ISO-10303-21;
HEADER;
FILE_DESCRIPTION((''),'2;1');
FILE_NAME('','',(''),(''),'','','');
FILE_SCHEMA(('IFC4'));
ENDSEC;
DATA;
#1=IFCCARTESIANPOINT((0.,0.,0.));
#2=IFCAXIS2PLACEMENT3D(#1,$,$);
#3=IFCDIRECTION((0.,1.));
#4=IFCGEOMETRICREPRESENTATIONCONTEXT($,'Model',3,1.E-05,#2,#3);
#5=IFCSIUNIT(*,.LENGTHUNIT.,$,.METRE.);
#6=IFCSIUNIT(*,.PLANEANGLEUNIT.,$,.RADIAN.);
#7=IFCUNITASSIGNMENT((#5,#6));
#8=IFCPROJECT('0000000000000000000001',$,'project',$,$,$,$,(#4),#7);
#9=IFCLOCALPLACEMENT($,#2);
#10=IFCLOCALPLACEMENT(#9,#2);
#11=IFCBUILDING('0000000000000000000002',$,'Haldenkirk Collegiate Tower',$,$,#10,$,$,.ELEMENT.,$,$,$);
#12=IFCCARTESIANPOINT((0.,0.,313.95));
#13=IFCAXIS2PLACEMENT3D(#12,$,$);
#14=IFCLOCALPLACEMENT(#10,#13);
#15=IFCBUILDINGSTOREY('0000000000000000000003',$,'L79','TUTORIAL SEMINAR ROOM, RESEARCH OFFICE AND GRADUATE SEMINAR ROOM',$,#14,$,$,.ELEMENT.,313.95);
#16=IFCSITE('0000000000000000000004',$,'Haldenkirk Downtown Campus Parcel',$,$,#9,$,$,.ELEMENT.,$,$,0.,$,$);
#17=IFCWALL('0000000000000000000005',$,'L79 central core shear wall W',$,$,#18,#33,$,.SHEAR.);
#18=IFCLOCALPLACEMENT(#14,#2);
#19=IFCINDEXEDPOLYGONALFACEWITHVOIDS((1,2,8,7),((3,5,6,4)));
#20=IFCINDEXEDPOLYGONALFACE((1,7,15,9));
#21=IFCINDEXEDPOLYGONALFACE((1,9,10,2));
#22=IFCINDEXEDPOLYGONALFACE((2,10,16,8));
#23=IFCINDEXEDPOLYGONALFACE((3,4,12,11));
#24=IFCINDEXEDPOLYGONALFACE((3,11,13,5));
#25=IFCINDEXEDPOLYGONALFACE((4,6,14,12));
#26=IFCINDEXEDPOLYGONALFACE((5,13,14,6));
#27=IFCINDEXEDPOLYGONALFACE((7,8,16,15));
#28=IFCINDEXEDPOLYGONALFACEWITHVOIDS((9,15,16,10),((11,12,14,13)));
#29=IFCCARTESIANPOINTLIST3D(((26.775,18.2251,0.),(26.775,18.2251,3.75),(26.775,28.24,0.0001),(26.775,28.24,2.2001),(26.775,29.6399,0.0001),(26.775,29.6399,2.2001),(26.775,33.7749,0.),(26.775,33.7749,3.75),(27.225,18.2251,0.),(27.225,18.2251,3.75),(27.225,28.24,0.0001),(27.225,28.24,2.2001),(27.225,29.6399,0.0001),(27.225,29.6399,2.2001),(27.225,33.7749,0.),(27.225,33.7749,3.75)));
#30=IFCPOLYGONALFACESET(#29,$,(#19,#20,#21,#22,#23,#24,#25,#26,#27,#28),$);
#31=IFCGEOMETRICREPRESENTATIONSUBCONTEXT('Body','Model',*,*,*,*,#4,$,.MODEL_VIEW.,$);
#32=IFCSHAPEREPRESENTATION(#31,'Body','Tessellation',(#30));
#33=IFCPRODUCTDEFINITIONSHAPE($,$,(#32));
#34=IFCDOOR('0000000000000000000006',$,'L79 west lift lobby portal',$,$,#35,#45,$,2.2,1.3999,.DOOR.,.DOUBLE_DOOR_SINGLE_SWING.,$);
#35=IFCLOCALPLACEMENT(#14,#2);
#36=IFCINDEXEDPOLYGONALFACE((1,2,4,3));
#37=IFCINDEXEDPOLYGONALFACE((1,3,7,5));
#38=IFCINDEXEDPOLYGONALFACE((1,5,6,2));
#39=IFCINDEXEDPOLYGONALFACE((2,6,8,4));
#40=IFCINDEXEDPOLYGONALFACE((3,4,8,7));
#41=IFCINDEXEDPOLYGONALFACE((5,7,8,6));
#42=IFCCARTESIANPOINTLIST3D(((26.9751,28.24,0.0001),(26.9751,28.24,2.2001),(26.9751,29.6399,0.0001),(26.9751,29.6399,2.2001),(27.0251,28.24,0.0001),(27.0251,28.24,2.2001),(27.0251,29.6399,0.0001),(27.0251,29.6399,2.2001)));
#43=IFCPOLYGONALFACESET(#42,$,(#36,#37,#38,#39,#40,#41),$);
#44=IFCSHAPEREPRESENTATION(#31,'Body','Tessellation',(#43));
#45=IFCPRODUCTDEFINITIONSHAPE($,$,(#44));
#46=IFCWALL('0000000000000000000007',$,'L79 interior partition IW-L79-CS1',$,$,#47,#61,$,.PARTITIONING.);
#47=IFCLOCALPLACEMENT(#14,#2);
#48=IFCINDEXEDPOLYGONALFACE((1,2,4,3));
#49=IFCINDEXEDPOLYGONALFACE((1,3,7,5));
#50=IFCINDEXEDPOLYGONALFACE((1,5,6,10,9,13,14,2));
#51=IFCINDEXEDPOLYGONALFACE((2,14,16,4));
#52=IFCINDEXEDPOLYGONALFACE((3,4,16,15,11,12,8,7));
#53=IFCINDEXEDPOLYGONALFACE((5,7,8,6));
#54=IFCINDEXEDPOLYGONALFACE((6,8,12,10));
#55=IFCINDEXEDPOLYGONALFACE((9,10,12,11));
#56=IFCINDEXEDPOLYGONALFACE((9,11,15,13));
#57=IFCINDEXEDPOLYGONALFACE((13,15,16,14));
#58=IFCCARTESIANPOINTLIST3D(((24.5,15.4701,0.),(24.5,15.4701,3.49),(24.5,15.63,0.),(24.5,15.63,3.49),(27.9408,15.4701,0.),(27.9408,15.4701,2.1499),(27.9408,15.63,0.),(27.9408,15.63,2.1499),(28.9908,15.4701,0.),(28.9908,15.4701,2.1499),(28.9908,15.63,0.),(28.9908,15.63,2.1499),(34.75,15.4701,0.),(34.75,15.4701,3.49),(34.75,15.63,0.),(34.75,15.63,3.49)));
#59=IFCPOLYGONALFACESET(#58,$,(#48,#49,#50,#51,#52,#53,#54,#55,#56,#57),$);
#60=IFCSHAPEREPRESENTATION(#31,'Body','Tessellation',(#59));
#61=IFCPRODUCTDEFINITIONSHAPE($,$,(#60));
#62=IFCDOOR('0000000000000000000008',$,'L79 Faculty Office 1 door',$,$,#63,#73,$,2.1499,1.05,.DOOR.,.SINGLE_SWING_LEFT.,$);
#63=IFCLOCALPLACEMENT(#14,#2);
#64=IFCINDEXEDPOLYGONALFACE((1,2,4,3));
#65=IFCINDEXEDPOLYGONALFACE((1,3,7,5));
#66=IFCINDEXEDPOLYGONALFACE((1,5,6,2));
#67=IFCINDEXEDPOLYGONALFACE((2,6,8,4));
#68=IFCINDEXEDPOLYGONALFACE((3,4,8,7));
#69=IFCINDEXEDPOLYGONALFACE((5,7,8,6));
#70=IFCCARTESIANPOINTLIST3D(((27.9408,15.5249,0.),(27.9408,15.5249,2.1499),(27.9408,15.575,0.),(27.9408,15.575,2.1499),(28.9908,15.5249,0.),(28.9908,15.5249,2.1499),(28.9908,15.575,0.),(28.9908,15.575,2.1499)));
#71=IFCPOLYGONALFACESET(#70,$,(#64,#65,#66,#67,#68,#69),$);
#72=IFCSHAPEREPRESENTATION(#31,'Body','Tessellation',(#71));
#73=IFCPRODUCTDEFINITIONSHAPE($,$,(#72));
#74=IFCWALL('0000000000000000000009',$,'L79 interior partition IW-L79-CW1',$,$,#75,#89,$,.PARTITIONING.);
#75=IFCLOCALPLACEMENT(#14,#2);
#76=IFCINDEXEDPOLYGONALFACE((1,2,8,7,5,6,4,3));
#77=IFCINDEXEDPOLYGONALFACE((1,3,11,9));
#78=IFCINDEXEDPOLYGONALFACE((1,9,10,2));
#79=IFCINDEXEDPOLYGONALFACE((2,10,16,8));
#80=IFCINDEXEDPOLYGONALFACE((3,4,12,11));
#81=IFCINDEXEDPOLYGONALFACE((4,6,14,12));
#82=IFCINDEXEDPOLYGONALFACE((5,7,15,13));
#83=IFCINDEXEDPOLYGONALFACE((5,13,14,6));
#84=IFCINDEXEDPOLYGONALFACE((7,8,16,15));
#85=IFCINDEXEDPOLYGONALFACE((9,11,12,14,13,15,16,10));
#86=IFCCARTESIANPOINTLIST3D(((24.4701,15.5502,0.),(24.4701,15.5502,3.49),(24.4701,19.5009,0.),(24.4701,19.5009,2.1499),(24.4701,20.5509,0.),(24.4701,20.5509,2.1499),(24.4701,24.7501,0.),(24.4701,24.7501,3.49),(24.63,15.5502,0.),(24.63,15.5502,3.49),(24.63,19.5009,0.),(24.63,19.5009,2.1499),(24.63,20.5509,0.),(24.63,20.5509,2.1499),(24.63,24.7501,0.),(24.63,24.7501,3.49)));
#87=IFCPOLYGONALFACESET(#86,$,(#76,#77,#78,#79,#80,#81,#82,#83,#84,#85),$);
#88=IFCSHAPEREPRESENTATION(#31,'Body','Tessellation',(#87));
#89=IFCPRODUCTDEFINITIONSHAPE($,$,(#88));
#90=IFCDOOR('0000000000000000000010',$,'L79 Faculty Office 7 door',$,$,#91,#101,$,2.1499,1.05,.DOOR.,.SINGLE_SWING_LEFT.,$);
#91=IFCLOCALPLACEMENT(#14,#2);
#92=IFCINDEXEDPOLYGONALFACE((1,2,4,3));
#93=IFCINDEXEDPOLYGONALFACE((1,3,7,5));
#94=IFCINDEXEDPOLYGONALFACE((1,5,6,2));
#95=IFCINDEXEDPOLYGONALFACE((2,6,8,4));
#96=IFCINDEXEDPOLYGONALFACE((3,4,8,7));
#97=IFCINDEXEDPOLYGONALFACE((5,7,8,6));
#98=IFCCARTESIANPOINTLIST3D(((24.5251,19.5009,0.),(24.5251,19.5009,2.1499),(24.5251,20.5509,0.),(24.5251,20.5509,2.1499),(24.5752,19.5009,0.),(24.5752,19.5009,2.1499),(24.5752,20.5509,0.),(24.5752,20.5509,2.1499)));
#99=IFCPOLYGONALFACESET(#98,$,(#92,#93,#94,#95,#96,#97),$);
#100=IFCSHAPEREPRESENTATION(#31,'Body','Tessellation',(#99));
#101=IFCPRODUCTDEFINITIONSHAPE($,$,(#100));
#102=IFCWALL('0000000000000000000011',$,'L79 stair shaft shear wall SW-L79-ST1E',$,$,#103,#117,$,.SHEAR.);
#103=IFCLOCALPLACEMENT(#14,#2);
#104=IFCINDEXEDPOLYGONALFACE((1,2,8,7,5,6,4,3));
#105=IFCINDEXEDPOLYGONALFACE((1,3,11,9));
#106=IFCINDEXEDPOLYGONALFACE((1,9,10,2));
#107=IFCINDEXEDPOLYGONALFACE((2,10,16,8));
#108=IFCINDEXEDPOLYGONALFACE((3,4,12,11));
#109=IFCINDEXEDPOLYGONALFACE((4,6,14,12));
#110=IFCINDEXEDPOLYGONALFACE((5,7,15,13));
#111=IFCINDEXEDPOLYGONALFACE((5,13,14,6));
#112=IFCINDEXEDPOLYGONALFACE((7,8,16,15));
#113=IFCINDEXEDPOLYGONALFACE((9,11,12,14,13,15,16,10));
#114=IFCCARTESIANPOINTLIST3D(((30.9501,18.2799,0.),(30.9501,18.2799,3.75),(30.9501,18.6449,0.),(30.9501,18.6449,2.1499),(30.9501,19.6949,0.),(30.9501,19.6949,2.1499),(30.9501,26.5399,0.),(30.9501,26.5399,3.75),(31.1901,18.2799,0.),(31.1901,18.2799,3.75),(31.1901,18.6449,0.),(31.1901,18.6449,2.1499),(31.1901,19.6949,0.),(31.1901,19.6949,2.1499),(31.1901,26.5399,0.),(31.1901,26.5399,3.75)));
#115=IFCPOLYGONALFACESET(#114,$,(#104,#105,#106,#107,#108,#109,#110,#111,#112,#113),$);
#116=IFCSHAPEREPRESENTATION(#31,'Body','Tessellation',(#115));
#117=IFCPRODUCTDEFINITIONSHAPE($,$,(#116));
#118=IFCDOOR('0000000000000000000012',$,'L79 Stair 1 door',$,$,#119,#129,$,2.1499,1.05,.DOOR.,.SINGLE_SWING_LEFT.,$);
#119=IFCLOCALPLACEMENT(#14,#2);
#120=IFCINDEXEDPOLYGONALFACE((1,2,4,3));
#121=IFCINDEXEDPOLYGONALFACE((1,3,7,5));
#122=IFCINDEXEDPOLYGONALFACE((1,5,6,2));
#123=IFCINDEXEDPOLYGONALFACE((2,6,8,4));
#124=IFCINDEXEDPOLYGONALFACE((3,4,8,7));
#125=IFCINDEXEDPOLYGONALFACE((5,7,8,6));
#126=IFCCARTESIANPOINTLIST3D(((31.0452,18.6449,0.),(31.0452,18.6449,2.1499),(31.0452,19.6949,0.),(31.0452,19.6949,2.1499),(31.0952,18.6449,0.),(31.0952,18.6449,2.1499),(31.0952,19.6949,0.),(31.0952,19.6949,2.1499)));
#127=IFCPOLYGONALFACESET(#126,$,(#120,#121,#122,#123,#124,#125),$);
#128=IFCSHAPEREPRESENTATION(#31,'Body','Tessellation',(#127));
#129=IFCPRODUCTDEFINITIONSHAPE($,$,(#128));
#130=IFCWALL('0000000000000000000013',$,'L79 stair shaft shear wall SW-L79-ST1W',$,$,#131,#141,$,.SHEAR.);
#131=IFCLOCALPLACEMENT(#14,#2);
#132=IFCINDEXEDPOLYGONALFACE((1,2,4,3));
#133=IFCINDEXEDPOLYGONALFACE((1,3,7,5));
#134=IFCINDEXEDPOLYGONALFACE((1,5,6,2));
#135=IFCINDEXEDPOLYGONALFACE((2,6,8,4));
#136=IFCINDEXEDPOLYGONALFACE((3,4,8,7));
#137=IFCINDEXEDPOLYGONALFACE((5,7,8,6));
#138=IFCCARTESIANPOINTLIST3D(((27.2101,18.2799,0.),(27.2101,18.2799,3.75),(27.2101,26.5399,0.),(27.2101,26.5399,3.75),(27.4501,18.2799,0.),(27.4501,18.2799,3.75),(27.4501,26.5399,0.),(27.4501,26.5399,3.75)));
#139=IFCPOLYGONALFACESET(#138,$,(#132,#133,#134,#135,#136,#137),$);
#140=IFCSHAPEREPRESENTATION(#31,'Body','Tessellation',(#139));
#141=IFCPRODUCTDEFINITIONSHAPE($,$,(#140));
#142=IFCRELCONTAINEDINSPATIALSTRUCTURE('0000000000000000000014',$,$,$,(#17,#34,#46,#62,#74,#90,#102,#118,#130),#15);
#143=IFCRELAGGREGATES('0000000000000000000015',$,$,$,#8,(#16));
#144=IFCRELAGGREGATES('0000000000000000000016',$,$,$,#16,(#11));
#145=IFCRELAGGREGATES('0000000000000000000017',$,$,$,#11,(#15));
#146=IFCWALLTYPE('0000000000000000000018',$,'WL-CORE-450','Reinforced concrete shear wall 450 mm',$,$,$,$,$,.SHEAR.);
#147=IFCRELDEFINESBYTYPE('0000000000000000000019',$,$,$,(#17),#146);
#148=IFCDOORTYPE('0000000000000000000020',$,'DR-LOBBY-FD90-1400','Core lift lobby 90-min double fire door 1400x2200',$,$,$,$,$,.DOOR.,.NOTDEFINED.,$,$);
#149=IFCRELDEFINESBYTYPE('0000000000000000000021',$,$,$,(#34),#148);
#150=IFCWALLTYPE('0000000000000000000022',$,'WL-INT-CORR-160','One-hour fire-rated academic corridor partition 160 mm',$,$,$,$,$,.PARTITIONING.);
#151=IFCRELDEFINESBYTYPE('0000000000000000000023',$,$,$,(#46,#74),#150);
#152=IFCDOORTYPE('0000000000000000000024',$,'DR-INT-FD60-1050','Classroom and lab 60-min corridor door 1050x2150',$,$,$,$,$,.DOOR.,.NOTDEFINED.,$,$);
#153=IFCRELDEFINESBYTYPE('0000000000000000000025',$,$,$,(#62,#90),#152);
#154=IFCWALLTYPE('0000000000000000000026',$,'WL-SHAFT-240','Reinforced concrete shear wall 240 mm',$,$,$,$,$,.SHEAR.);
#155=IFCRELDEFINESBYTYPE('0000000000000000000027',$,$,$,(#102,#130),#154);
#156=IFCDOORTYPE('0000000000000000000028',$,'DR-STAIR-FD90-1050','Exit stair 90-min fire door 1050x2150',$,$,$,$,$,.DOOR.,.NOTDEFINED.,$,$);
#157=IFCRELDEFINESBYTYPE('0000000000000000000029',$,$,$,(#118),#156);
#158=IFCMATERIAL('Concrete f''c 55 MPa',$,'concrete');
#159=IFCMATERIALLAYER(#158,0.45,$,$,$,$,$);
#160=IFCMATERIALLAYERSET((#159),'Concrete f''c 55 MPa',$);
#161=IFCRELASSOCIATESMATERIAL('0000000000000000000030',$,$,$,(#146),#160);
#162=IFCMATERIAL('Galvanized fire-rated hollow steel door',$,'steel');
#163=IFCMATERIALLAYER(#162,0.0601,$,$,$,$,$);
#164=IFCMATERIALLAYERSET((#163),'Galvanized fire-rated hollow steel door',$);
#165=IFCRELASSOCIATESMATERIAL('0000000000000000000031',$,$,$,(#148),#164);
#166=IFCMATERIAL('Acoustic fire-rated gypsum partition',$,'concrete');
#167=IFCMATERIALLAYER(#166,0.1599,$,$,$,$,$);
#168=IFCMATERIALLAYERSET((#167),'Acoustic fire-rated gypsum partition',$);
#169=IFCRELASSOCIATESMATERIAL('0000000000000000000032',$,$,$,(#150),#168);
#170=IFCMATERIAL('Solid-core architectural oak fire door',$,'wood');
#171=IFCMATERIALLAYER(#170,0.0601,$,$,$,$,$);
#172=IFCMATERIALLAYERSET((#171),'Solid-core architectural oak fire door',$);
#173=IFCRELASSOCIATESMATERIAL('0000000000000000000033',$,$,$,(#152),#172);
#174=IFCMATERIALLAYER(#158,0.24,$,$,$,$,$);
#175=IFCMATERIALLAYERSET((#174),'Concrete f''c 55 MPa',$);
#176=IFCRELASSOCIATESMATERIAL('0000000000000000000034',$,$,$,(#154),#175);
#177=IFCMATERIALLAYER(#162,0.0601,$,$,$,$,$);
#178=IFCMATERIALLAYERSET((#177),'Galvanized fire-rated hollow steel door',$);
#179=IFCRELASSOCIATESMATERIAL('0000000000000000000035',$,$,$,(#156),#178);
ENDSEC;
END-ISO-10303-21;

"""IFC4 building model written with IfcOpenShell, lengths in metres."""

from ifc_helpers import new_model, si_unit, direction, frame, frame_2d, origin, place, context, subcontext, project, spatial, rectangle, extrude, material, layer, layer_set, type_object, element, fill, save


model = new_model("IFC4")

# Units and contexts
model_context = context("Model", 3, precision=1e-05, world=origin(), true_north=direction((0.0, 1.0)))
body_context = subcontext(model_context, "Body", "Model", "MODEL_VIEW")
ifc_project = project(units=[si_unit("LENGTHUNIT", "METRE"), si_unit("PLANEANGLEUNIT", "RADIAN")], contexts=[model_context])

# Site, building, storey
site_placement = place(None, origin())
site = spatial("IfcSite", under=ifc_project, at=site_placement, Name="Haldenkirk Downtown Campus Parcel", CompositionType="ELEMENT", RefElevation=0.0)
building_placement = place(site_placement, origin())
building = spatial("IfcBuilding", under=site, at=building_placement, Name="Haldenkirk Collegiate Tower", CompositionType="ELEMENT")
storey_placement = place(building_placement, frame((0.0, 0.0, 313.95)))
storey = spatial("IfcBuildingStorey", under=building, at=storey_placement, Name="L79", Description="TUTORIAL SEMINAR ROOM, RESEARCH OFFICE AND GRADUATE SEMINAR ROOM", CompositionType="ELEMENT", Elevation=313.95)

# Shared definitions
ifc_material_1 = material(Name="Concrete f'c 55 MPa", Category="concrete")
ifc_layer_1 = layer(ifc_material_1, 0.45)
ifc_layer_set_1 = layer_set([ifc_layer_1], Name="Concrete f'c 55 MPa")
wall_type_1 = type_object("IfcWallType", Name="WL-CORE-450", Description="Reinforced concrete shear wall 450 mm", PredefinedType="SHEAR", material=ifc_layer_set_1)
ifc_material_2 = material(Name="Galvanized fire-rated hollow steel door", Category="steel")

# Walls, openings, doors
wall_1_placement = place(storey_placement, frame((27.0, 18.2251, 0.0), z_axis=(0.0, 0.0, 1.0), x_axis=(0.0, 1.0, 0.0)))
wall_1 = element("IfcWall", 1, at=wall_1_placement, inside=storey, type_object=wall_type_1, Name="L79 central core shear wall W", PredefinedType="SHEAR", context=body_context, shape_type="SweptSolid", body=[
    extrude(rectangle(XDim=15.5498, YDim=0.45, at=frame_2d((7.7749, 0.0))), origin(), (0.0, 0.0, 1.0), 3.75),
])
opening_1_placement = place(wall_1_placement, frame((10.0149, 0.0, 0.0)))
opening_1 = element("IfcOpeningElement", 2, at=opening_1_placement, cuts=wall_1, PredefinedType="OPENING", context=body_context, shape_type="SweptSolid", body=[
    extrude(rectangle(XDim=1.3999, YDim=2.2, at=frame_2d((0.7, 1.1001))), frame((0.0, 0.2349, 0.0), z_axis=(0.0, -1.0, 0.0), x_axis=(1.0, 0.0, 0.0)), (0.0, 0.0, 1.0), 0.47),
])
ifc_layer_2 = layer(ifc_material_2, 0.0601)
ifc_layer_set_2 = layer_set([ifc_layer_2], Name="Galvanized fire-rated hollow steel door")
door_type_1 = type_object("IfcDoorType", Name="DR-LOBBY-FD90-1400", Description="Core lift lobby 90-min double fire door 1400x2200", OperationType="NOTDEFINED", PredefinedType="DOOR", material=ifc_layer_set_2)
door_1_placement = place(opening_1_placement, origin())
door_1 = element("IfcDoor", 3, at=door_1_placement, inside=storey, type_object=door_type_1, Name="L79 west lift lobby portal", OperationType="DOUBLE_DOOR_SINGLE_SWING", OverallHeight=2.2, OverallWidth=1.3999, PredefinedType="DOOR", context=body_context, shape_type="SweptSolid", body=[
    extrude(rectangle(XDim=1.3999, YDim=2.2, at=frame_2d((0.7, 1.1001))), frame((0.0, 0.0249, 0.0), z_axis=(0.0, -1.0, 0.0), x_axis=(1.0, 0.0, 0.0)), (0.0, 0.0, 1.0), 0.05),
])
fill(opening_1, door_1)
ifc_material_3 = material(Name="Acoustic fire-rated gypsum partition", Category="concrete")
ifc_layer_3 = layer(ifc_material_3, 0.1599)
ifc_layer_set_3 = layer_set([ifc_layer_3], Name="Acoustic fire-rated gypsum partition")
wall_type_2 = type_object("IfcWallType", Name="WL-INT-CORR-160", Description="One-hour fire-rated academic corridor partition 160 mm", PredefinedType="PARTITIONING", material=ifc_layer_set_3)
wall_2_placement = place(storey_placement, frame((24.5, 15.55, 0.0), z_axis=(0.0, 0.0, 1.0), x_axis=(1.0, 0.0, 0.0)))
wall_2 = element("IfcWall", 4, at=wall_2_placement, inside=storey, type_object=wall_type_2, Name="L79 interior partition IW-L79-CS1", PredefinedType="PARTITIONING", context=body_context, shape_type="SweptSolid", body=[
    extrude(rectangle(XDim=10.25, YDim=0.1599, at=frame_2d((5.125, 0.0))), origin(), (0.0, 0.0, 1.0), 3.49),
])
opening_2_placement = place(wall_2_placement, frame((3.4409, 0.0, 0.0)))
opening_2 = element("IfcOpeningElement", 5, at=opening_2_placement, cuts=wall_2, PredefinedType="OPENING", context=body_context, shape_type="SweptSolid", body=[
    extrude(rectangle(XDim=1.05, YDim=2.1499, at=frame_2d((0.5249, 1.075))), frame((0.0, 0.0898, 0.0), z_axis=(0.0, -1.0, 0.0), x_axis=(1.0, 0.0, 0.0)), (0.0, 0.0, 1.0), 0.1799),
])
ifc_material_4 = material(Name="Solid-core architectural oak fire door", Category="wood")
ifc_layer_4 = layer(ifc_material_4, 0.0601)
ifc_layer_set_4 = layer_set([ifc_layer_4], Name="Solid-core architectural oak fire door")
door_type_2 = type_object("IfcDoorType", Name="DR-INT-FD60-1050", Description="Classroom and lab 60-min corridor door 1050x2150", OperationType="NOTDEFINED", PredefinedType="DOOR", material=ifc_layer_set_4)
door_2_placement = place(opening_2_placement, origin())
door_2 = element("IfcDoor", 6, at=door_2_placement, inside=storey, type_object=door_type_2, Name="L79 Faculty Office 1 door", OperationType="SINGLE_SWING_LEFT", OverallHeight=2.1499, OverallWidth=1.05, PredefinedType="DOOR", context=body_context, shape_type="SweptSolid", body=[
    extrude(rectangle(XDim=1.05, YDim=2.1499, at=frame_2d((0.5249, 1.075))), frame((0.0, 0.0249, 0.0), z_axis=(0.0, -1.0, 0.0), x_axis=(1.0, 0.0, 0.0)), (0.0, 0.0, 1.0), 0.05),
])
fill(opening_2, door_2)
wall_3_placement = place(storey_placement, frame((24.55, 15.55, 0.0), z_axis=(0.0, 0.0, 1.0), x_axis=(0.0, 1.0, 0.0)))
wall_3 = element("IfcWall", 7, at=wall_3_placement, inside=storey, type_object=wall_type_2, Name="L79 interior partition IW-L79-CW1", PredefinedType="PARTITIONING", context=body_context, shape_type="SweptSolid", body=[
    extrude(rectangle(XDim=9.2, YDim=0.1599, at=frame_2d((4.6001, 0.0))), origin(), (0.0, 0.0, 1.0), 3.49),
])
opening_3_placement = place(wall_3_placement, frame((3.9509, 0.0, 0.0)))
opening_3 = element("IfcOpeningElement", 8, at=opening_3_placement, cuts=wall_3, PredefinedType="OPENING", context=body_context, shape_type="SweptSolid", body=[
    extrude(rectangle(XDim=1.05, YDim=2.1499, at=frame_2d((0.5249, 1.075))), frame((0.0, 0.0898, 0.0), z_axis=(0.0, -1.0, 0.0), x_axis=(1.0, 0.0, 0.0)), (0.0, 0.0, 1.0), 0.1799),
])
door_3_placement = place(opening_3_placement, origin())
door_3 = element("IfcDoor", 9, at=door_3_placement, inside=storey, type_object=door_type_2, Name="L79 Faculty Office 7 door", OperationType="SINGLE_SWING_LEFT", OverallHeight=2.1499, OverallWidth=1.05, PredefinedType="DOOR", context=body_context, shape_type="SweptSolid", body=[
    extrude(rectangle(XDim=1.05, YDim=2.1499, at=frame_2d((0.5249, 1.075))), frame((0.0, 0.0249, 0.0), z_axis=(0.0, -1.0, 0.0), x_axis=(1.0, 0.0, 0.0)), (0.0, 0.0, 1.0), 0.05),
])
fill(opening_3, door_3)

# Wall, opening, door
ifc_layer_5 = layer(ifc_material_1, 0.24)
ifc_layer_set_5 = layer_set([ifc_layer_5], Name="Concrete f'c 55 MPa")
wall_type_3 = type_object("IfcWallType", Name="WL-SHAFT-240", Description="Reinforced concrete shear wall 240 mm", PredefinedType="SHEAR", material=ifc_layer_set_5)
wall_4_placement = place(storey_placement, frame((31.0701, 18.28, 0.0), z_axis=(0.0, 0.0, 1.0), x_axis=(0.0, 1.0, 0.0)))
wall_4 = element("IfcWall", 10, at=wall_4_placement, inside=storey, type_object=wall_type_3, Name="L79 stair shaft shear wall SW-L79-ST1E", PredefinedType="SHEAR", context=body_context, shape_type="SweptSolid", body=[
    extrude(rectangle(XDim=8.26, YDim=0.24, at=frame_2d((4.1299, 0.0))), origin(), (0.0, 0.0, 1.0), 3.75),
])
opening_4_placement = place(wall_4_placement, frame((0.365, 0.0, 0.0)))
opening_4 = element("IfcOpeningElement", 11, at=opening_4_placement, cuts=wall_4, PredefinedType="OPENING", context=body_context, shape_type="SweptSolid", body=[
    extrude(rectangle(XDim=1.05, YDim=2.1499, at=frame_2d((0.5249, 1.075))), frame((0.0, 0.1299, 0.0), z_axis=(0.0, -1.0, 0.0), x_axis=(1.0, 0.0, 0.0)), (0.0, 0.0, 1.0), 0.26),
])
ifc_layer_6 = layer(ifc_material_2, 0.0601)
ifc_layer_set_6 = layer_set([ifc_layer_6], Name="Galvanized fire-rated hollow steel door")
door_type_3 = type_object("IfcDoorType", Name="DR-STAIR-FD90-1050", Description="Exit stair 90-min fire door 1050x2150", OperationType="NOTDEFINED", PredefinedType="DOOR", material=ifc_layer_set_6)
door_4_placement = place(opening_4_placement, origin())
door_4 = element("IfcDoor", 12, at=door_4_placement, inside=storey, type_object=door_type_3, Name="L79 Stair 1 door", OperationType="SINGLE_SWING_LEFT", OverallHeight=2.1499, OverallWidth=1.05, PredefinedType="DOOR", context=body_context, shape_type="SweptSolid", body=[
    extrude(rectangle(XDim=1.05, YDim=2.1499, at=frame_2d((0.5249, 1.075))), frame((0.0, 0.0249, 0.0), z_axis=(0.0, -1.0, 0.0), x_axis=(1.0, 0.0, 0.0)), (0.0, 0.0, 1.0), 0.05),
])
fill(opening_4, door_4)

# Wall
wall_5_placement = place(storey_placement, frame((27.3301, 18.28, 0.0), z_axis=(0.0, 0.0, 1.0), x_axis=(0.0, 1.0, 0.0)))
element("IfcWall", 13, at=wall_5_placement, inside=storey, type_object=wall_type_3, Name="L79 stair shaft shear wall SW-L79-ST1W", PredefinedType="SHEAR", context=body_context, shape_type="SweptSolid", body=[
    extrude(rectangle(XDim=8.26, YDim=0.24, at=frame_2d((4.1299, 0.0))), origin(), (0.0, 0.0, 1.0), 3.75),
])

save(model, "model.ifc")
